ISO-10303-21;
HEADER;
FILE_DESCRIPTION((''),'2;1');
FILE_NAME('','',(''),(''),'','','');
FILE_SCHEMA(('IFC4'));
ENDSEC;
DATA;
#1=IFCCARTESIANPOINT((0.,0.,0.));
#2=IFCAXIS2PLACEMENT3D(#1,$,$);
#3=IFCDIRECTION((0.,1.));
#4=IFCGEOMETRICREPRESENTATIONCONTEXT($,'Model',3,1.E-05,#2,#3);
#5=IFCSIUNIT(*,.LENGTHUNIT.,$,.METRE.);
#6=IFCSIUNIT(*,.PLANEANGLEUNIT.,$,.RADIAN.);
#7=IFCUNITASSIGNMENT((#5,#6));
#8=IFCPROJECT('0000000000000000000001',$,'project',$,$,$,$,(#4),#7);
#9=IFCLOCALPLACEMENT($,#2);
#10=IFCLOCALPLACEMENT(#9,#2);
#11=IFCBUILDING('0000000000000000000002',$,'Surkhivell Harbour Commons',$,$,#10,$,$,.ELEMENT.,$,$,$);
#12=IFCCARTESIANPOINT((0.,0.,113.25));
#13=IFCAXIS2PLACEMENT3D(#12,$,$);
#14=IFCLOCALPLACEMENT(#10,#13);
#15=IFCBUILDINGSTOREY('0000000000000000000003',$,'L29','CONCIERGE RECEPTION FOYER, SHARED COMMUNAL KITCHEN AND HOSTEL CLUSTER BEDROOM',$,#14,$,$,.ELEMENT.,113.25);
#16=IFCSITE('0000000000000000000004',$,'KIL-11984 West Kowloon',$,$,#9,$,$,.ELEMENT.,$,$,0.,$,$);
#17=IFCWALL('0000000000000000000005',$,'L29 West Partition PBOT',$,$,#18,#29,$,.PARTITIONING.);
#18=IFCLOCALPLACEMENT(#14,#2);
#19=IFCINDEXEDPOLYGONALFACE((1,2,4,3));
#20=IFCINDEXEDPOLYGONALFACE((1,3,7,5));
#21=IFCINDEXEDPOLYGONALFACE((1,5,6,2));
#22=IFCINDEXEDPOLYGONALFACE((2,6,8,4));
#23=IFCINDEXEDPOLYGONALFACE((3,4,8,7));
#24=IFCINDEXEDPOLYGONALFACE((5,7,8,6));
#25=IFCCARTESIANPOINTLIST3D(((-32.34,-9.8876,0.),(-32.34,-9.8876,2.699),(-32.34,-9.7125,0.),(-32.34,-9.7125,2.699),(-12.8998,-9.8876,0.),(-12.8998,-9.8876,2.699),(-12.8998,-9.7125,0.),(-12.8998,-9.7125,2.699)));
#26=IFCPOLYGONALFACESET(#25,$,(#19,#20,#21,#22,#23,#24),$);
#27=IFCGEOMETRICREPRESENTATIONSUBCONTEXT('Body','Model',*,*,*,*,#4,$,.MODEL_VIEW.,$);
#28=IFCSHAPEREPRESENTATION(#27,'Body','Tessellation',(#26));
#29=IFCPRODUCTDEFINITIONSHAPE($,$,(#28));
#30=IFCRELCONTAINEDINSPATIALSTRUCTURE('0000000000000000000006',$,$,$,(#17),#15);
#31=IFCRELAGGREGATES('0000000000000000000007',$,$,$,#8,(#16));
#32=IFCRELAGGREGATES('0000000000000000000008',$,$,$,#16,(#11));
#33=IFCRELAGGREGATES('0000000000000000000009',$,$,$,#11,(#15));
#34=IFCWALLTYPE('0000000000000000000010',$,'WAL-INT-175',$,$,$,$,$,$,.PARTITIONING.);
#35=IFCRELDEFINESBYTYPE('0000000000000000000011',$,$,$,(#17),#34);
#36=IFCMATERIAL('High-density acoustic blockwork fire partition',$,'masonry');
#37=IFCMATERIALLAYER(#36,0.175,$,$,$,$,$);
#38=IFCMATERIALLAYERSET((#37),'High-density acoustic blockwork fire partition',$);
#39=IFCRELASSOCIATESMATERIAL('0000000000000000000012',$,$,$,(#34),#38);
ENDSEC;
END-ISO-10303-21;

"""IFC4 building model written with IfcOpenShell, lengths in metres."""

from ifc_helpers import new_model, si_unit, direction, frame, frame_2d, origin, place, context, subcontext, project, spatial, rectangle, extrude, material, layer, layer_set, type_object, element, save


model = new_model("IFC4")

# Units and contexts
model_context = context("Model", 3, precision=1e-05, world=origin(), true_north=direction((0.0, 1.0)))
body_context = subcontext(model_context, "Body", "Model", "MODEL_VIEW")
ifc_project = project(units=[si_unit("LENGTHUNIT", "METRE"), si_unit("PLANEANGLEUNIT", "RADIAN")], contexts=[model_context])

# Site, building, storey
site_placement = place(None, origin())
site = spatial("IfcSite", under=ifc_project, at=site_placement, Name="KIL-11984 West Kowloon", CompositionType="ELEMENT", RefElevation=0.0)
building_placement = place(site_placement, origin())
building = spatial("IfcBuilding", under=site, at=building_placement, Name="Surkhivell Harbour Commons", CompositionType="ELEMENT")
storey_placement = place(building_placement, frame((0.0, 0.0, 113.25)))
storey = spatial("IfcBuildingStorey", under=building, at=storey_placement, Name="L29", Description="CONCIERGE RECEPTION FOYER, SHARED COMMUNAL KITCHEN AND HOSTEL CLUSTER BEDROOM", CompositionType="ELEMENT", Elevation=113.25)

# Wall
ifc_material_1 = material(Name="High-density acoustic blockwork fire partition", Category="masonry")
ifc_layer_1 = layer(ifc_material_1, 0.175)
ifc_layer_set_1 = layer_set([ifc_layer_1], Name="High-density acoustic blockwork fire partition")
wall_type_1 = type_object("IfcWallType", Name="WAL-INT-175", PredefinedType="PARTITIONING", material=ifc_layer_set_1)
for number, where, z_axis, x_axis, name in (
    (1, (-32.3401, -9.8, 0.0), (0.0, 0.0, 1.0), (1.0, 0.0, 0.0), "L29 West Partition PBOT"),
):
    element("IfcWall", number, at=place(storey_placement, frame(where, z_axis=z_axis, x_axis=x_axis)), inside=storey, type_object=wall_type_1, Name=name, PredefinedType="PARTITIONING", context=body_context, shape_type="SweptSolid", body=[
        extrude(rectangle(XDim=19.4402, YDim=0.175, at=frame_2d((9.7202, 0.0))), origin(), (0.0, 0.0, 1.0), 2.699),
    ])

save(model, "model.ifc")
